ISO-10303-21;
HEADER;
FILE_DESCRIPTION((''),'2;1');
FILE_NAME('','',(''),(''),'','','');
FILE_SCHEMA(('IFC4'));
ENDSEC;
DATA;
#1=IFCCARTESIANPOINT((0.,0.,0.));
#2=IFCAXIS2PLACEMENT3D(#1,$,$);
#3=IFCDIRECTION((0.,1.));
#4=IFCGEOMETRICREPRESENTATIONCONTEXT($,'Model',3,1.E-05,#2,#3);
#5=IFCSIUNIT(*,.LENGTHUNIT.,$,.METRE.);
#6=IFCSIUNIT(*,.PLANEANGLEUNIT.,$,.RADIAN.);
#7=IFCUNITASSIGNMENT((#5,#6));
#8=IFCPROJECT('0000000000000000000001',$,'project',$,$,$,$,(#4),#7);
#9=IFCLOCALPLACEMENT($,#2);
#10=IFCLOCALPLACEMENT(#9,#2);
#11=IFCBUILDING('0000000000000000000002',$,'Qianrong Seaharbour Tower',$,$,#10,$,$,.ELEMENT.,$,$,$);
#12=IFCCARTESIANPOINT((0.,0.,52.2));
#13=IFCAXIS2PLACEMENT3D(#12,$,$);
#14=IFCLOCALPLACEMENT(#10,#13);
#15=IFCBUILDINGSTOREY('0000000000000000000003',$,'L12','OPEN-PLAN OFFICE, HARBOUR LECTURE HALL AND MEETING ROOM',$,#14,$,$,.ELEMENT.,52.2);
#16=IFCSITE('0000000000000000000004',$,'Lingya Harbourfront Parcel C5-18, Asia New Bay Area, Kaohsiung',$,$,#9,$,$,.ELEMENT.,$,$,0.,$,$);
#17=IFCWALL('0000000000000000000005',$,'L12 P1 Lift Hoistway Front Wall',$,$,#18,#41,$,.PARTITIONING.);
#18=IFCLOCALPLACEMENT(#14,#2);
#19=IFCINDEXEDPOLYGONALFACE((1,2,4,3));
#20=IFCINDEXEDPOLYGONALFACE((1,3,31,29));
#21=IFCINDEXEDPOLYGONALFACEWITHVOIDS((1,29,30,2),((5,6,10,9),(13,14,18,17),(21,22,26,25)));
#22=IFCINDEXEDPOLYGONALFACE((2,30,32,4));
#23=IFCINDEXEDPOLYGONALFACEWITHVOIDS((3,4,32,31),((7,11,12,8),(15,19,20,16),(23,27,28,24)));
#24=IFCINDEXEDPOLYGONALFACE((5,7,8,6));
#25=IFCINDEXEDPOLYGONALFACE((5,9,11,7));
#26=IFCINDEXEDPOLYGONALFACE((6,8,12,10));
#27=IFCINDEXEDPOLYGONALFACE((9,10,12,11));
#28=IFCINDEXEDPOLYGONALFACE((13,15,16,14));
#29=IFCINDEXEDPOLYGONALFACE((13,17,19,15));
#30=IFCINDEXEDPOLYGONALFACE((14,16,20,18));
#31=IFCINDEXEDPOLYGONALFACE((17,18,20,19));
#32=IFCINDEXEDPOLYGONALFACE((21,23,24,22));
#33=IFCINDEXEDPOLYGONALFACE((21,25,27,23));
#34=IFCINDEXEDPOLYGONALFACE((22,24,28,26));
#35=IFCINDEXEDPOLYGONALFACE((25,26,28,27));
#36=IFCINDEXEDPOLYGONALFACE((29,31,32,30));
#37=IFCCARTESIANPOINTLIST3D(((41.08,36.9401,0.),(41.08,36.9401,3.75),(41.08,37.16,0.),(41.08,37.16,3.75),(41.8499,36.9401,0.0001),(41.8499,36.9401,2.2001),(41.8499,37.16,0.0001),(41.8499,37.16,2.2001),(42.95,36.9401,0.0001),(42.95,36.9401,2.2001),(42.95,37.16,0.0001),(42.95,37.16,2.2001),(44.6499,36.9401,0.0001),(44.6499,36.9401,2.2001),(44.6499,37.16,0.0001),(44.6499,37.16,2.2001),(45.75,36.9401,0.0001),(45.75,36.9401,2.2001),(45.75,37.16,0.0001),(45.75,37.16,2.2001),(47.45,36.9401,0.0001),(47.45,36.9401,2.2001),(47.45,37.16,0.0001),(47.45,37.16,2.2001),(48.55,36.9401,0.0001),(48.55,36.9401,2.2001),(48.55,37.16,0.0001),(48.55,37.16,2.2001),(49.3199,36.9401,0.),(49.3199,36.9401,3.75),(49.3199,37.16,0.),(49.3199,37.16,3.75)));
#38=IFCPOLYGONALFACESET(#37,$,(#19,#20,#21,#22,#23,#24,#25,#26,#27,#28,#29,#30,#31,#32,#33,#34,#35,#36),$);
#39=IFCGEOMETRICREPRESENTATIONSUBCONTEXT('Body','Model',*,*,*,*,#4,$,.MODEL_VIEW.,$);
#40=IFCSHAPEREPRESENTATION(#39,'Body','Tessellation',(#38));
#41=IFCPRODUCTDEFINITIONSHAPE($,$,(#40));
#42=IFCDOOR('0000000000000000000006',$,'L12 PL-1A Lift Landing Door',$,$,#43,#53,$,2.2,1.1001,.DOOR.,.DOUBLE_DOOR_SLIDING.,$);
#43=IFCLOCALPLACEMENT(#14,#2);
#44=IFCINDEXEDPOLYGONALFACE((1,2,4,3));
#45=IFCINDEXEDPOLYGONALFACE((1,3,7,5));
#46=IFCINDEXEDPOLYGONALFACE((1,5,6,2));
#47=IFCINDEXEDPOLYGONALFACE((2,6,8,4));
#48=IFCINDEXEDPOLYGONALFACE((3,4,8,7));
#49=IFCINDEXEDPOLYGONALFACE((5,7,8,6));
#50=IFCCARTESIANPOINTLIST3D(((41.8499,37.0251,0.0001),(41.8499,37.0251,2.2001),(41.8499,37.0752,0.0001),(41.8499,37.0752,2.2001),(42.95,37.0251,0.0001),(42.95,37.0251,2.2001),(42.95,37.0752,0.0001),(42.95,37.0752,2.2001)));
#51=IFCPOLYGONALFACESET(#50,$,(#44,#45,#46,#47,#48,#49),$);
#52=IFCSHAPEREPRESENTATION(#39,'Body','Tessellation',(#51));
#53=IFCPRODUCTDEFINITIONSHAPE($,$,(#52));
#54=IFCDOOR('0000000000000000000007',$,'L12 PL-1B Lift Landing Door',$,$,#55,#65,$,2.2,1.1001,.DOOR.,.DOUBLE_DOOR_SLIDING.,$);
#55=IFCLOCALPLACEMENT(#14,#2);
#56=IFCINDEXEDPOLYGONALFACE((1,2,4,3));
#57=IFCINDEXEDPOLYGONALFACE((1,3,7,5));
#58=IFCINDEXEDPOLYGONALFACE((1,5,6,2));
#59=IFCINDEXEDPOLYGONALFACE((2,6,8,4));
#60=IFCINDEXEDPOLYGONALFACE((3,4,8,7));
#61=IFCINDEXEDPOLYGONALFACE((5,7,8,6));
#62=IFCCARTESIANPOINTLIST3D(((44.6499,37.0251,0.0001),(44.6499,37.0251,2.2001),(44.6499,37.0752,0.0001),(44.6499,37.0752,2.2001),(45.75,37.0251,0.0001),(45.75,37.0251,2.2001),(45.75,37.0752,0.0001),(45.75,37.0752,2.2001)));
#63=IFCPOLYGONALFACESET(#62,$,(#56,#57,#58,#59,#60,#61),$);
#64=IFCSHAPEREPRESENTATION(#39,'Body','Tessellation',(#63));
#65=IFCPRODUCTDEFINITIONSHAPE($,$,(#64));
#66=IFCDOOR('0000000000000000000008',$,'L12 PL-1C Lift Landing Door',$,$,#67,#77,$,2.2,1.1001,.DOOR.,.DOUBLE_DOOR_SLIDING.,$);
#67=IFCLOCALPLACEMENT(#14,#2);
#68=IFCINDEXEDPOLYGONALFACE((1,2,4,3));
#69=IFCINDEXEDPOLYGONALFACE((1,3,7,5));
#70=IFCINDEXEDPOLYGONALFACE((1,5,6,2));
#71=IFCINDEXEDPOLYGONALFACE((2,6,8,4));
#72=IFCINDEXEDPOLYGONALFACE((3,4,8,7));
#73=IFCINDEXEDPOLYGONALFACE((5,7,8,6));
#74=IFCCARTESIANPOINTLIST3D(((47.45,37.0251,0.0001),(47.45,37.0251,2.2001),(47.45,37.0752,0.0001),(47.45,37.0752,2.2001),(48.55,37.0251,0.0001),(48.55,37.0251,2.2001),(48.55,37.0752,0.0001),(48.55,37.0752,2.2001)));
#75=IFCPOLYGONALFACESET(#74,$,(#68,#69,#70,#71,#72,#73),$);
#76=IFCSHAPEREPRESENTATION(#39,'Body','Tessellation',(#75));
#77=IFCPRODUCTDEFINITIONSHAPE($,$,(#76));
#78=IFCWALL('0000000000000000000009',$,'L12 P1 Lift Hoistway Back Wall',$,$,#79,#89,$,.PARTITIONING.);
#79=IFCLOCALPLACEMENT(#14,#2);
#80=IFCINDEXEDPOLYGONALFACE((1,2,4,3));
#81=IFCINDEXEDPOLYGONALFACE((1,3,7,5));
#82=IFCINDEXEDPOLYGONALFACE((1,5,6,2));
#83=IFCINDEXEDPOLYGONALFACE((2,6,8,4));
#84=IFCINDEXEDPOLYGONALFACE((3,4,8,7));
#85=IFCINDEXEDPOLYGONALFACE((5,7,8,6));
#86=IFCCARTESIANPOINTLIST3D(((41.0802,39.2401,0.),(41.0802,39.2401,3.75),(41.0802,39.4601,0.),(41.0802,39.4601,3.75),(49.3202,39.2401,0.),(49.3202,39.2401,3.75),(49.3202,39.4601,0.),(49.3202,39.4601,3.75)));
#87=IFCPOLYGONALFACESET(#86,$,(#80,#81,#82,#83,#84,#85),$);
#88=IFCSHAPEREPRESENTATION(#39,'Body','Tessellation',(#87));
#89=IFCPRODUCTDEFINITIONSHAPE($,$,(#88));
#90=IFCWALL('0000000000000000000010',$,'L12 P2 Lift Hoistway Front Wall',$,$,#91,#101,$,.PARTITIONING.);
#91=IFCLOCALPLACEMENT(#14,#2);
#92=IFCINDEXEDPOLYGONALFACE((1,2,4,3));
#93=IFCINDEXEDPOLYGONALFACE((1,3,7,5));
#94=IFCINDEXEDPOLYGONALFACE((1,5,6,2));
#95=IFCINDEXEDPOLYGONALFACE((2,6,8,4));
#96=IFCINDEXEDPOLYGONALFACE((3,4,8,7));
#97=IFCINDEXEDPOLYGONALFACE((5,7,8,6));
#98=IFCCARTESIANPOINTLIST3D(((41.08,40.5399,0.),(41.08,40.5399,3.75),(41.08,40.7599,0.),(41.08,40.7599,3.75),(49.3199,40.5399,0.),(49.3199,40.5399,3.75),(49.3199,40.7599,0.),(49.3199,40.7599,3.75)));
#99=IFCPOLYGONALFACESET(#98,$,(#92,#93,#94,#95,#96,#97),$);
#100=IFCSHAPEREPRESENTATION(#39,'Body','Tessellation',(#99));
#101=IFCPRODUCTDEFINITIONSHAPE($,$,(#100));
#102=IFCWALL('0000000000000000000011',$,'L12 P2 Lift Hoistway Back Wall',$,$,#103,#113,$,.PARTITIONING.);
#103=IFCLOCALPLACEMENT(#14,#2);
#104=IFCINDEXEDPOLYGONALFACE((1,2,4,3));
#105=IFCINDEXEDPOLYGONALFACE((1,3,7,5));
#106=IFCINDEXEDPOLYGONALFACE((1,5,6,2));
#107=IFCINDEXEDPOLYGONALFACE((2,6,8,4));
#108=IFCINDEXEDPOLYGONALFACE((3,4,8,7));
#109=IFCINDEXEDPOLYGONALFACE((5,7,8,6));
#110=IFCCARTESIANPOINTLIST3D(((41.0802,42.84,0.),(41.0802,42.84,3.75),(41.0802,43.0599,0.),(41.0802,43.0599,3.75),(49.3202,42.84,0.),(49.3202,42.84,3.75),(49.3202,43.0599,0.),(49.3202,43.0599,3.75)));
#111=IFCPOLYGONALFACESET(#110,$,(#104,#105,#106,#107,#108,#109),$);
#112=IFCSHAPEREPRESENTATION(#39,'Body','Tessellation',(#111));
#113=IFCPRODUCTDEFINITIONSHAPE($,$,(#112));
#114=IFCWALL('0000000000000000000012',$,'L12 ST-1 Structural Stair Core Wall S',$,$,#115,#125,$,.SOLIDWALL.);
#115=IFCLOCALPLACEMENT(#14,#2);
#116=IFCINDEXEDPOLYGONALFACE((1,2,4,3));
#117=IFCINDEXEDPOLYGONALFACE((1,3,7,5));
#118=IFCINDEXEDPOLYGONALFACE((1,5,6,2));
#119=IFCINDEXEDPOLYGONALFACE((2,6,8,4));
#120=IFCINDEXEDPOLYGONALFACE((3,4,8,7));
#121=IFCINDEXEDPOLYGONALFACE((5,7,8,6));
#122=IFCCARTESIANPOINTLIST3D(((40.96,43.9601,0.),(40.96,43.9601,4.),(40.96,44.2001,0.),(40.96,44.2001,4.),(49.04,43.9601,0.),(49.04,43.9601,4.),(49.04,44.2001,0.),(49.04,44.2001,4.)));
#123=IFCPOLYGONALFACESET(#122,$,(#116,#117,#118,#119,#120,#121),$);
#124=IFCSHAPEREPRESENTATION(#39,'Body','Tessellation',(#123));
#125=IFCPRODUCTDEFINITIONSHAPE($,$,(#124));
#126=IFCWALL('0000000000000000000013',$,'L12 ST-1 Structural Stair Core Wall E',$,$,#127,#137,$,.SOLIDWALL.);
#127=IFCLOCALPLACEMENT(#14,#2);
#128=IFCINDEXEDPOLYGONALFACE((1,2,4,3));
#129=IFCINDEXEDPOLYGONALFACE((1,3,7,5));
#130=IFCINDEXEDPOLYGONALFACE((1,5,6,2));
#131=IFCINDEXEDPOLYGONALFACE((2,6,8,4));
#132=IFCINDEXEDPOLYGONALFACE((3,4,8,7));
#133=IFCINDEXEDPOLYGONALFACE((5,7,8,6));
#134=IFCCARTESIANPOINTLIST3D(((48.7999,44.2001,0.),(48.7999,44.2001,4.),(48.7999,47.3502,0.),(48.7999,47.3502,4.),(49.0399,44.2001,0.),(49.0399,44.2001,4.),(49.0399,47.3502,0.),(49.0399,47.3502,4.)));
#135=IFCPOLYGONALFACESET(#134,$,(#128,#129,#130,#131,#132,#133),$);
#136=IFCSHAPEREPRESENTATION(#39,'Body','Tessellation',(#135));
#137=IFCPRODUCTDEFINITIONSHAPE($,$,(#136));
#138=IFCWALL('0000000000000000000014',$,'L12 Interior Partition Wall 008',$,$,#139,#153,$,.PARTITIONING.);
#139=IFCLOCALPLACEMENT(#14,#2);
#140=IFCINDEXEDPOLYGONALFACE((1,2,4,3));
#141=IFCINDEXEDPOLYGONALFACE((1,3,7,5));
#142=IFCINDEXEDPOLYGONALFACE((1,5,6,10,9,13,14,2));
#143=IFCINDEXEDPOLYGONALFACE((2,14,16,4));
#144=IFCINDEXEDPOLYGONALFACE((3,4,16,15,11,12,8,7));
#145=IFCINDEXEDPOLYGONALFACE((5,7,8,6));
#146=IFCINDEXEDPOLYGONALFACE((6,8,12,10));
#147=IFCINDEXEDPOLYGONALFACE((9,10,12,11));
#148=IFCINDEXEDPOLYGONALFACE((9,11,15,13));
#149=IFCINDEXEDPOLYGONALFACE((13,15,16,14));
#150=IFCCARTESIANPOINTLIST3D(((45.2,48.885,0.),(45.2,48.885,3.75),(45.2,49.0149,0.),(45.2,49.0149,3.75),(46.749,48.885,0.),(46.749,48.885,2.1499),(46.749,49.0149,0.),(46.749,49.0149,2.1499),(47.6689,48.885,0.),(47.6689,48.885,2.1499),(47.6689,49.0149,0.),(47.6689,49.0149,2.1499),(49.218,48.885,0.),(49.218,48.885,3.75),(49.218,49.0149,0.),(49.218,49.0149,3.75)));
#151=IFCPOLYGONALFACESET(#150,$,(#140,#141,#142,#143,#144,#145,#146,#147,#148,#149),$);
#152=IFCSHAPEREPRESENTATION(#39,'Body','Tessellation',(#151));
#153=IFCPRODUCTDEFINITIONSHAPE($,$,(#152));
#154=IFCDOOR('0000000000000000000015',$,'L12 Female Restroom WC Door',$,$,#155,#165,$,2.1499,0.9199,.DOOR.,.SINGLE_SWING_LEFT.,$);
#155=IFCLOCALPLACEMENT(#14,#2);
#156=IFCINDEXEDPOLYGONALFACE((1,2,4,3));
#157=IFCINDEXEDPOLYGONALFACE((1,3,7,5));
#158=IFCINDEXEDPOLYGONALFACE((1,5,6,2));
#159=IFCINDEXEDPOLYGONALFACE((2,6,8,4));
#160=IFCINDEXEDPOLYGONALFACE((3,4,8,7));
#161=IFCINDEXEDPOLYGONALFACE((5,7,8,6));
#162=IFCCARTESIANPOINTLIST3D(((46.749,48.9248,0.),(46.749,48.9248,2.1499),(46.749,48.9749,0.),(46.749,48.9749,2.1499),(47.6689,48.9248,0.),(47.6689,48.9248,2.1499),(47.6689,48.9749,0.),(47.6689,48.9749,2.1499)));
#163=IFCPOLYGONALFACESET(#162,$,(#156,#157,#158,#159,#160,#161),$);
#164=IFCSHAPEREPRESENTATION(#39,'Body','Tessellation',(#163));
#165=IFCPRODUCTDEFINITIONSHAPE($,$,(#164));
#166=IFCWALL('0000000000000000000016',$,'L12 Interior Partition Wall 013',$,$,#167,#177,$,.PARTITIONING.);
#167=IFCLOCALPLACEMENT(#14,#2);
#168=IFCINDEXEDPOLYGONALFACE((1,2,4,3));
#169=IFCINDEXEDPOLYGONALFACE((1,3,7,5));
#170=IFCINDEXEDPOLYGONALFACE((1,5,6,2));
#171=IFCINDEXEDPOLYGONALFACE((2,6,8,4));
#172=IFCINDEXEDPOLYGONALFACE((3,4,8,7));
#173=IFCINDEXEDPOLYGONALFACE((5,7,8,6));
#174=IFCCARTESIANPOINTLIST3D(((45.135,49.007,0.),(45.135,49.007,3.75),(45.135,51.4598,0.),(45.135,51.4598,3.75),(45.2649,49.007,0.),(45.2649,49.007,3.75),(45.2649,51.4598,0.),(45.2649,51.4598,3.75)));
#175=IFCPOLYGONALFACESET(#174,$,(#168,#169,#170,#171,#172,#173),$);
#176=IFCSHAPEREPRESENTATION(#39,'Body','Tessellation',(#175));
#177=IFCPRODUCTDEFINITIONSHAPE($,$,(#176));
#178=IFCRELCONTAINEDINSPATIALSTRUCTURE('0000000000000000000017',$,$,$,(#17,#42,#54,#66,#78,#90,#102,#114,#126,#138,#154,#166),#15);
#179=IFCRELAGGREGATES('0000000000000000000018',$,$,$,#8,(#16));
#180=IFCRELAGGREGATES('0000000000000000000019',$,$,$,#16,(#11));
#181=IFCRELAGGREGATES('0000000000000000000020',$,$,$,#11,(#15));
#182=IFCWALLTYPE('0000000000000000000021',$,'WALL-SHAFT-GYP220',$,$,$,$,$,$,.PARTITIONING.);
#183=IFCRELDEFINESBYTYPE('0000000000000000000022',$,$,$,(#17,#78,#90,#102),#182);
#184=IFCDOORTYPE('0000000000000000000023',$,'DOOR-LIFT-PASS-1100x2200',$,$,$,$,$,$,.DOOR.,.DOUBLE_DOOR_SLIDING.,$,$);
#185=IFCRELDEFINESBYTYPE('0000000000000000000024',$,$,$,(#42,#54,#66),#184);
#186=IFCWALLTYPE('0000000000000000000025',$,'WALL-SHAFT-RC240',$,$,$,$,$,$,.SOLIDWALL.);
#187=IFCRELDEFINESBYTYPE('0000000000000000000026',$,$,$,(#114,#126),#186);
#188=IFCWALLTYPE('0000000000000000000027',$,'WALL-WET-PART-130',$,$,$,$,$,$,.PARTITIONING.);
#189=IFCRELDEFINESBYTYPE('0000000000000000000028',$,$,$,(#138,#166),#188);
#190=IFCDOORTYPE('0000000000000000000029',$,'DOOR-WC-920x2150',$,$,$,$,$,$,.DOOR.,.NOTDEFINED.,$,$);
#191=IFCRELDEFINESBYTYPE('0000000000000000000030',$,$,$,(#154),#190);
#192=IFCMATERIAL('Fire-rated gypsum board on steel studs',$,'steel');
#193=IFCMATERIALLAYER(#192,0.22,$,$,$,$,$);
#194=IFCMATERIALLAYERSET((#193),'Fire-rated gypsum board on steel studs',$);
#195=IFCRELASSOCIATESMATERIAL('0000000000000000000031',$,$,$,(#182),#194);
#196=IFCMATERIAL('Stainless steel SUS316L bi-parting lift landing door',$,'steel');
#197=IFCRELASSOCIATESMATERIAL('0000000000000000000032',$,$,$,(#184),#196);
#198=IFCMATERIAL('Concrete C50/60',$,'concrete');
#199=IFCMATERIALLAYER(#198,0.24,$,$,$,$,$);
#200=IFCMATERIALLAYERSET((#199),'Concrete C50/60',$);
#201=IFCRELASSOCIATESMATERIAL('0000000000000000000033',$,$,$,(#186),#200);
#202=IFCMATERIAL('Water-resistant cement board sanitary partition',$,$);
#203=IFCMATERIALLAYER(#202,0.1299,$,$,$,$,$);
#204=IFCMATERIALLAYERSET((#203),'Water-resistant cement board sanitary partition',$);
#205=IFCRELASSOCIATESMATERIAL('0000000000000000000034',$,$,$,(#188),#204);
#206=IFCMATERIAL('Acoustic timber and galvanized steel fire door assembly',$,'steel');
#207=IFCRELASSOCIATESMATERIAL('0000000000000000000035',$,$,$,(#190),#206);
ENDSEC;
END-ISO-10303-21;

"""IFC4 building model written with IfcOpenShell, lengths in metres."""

from ifc_helpers import new_model, si_unit, direction, frame, frame_2d, origin, place, context, subcontext, project, spatial, rectangle, extrude, material, layer, layer_set, type_object, element, fill, save


model = new_model("IFC4")

# Units and contexts
model_context = context("Model", 3, precision=1e-05, world=origin(), true_north=direction((0.0, 1.0)))
body_context = subcontext(model_context, "Body", "Model", "MODEL_VIEW")
ifc_project = project(units=[si_unit("LENGTHUNIT", "METRE"), si_unit("PLANEANGLEUNIT", "RADIAN")], contexts=[model_context])

# Site, building, storey
site_placement = place(None, origin())
site = spatial("IfcSite", under=ifc_project, at=site_placement, Name="Lingya Harbourfront Parcel C5-18, Asia New Bay Area, Kaohsiung", CompositionType="ELEMENT", RefElevation=0.0)
building_placement = place(site_placement, origin())
building = spatial("IfcBuilding", under=site, at=building_placement, Name="Qianrong Seaharbour Tower", CompositionType="ELEMENT")
storey_placement = place(building_placement, frame((0.0, 0.0, 52.2)))
storey = spatial("IfcBuildingStorey", under=building, at=storey_placement, Name="L12", Description="OPEN-PLAN OFFICE, HARBOUR LECTURE HALL AND MEETING ROOM", CompositionType="ELEMENT", Elevation=52.2)

# Shared definitions
ifc_material_1 = material(Name="Fire-rated gypsum board on steel studs", Category="steel")

# Wall, openings, doors
ifc_layer_1 = layer(ifc_material_1, 0.22)
ifc_layer_set_1 = layer_set([ifc_layer_1], Name="Fire-rated gypsum board on steel studs")
wall_type_1 = type_object("IfcWallType", Name="WALL-SHAFT-GYP220", PredefinedType="PARTITIONING", material=ifc_layer_set_1)
wall_1_placement = place(storey_placement, frame((49.3201, 37.05, 0.0), z_axis=(0.0, 0.0, 1.0), x_axis=(-1.0, 0.0, 0.0)))
wall_1 = element("IfcWall", 1, at=wall_1_placement, inside=storey, type_object=wall_type_1, Name="L12 P1 Lift Hoistway Front Wall", PredefinedType="PARTITIONING", context=body_context, shape_type="SweptSolid", body=[
    extrude(rectangle(XDim=8.24, YDim=0.22, at=frame_2d((4.1201, 0.0))), origin(), (0.0, 0.0, 1.0), 3.75),
])
opening_1_placement = place(wall_1_placement, frame((6.3701, 0.0, 0.0)))
opening_1 = element("IfcOpeningElement", 2, at=opening_1_placement, cuts=wall_1, PredefinedType="OPENING", context=body_context, shape_type="SweptSolid", body=[
    extrude(rectangle(XDim=1.1001, YDim=2.2, at=frame_2d((0.55, 1.1001))), frame((0.0, 0.1201, 0.0), z_axis=(0.0, -1.0, 0.0), x_axis=(1.0, 0.0, 0.0)), (0.0, 0.0, 1.0), 0.24),
])
opening_2_placement = place(wall_1_placement, frame((3.5701, 0.0, 0.0)))
opening_2 = element("IfcOpeningElement", 3, at=opening_2_placement, cuts=wall_1, PredefinedType="OPENING", context=body_context, shape_type="SweptSolid", body=[
    extrude(rectangle(XDim=1.1001, YDim=2.2, at=frame_2d((0.55, 1.1001))), frame((0.0, 0.1201, 0.0), z_axis=(0.0, -1.0, 0.0), x_axis=(1.0, 0.0, 0.0)), (0.0, 0.0, 1.0), 0.24),
])
opening_3_placement = place(wall_1_placement, frame((0.77, 0.0, 0.0)))
opening_3 = element("IfcOpeningElement", 4, at=opening_3_placement, cuts=wall_1, PredefinedType="OPENING", context=body_context, shape_type="SweptSolid", body=[
    extrude(rectangle(XDim=1.1001, YDim=2.2, at=frame_2d((0.55, 1.1001))), frame((0.0, 0.1201, 0.0), z_axis=(0.0, -1.0, 0.0), x_axis=(1.0, 0.0, 0.0)), (0.0, 0.0, 1.0), 0.24),
])
ifc_material_2 = material(Name="Stainless steel SUS316L bi-parting lift landing door", Category="steel")
door_type_1 = type_object("IfcDoorType", Name="DOOR-LIFT-PASS-1100x2200", OperationType="DOUBLE_DOOR_SLIDING", PredefinedType="DOOR", material=ifc_material_2)
door_1_placement = place(opening_1_placement, origin())
door_1 = element("IfcDoor", 5, at=door_1_placement, inside=storey, type_object=door_type_1, Name="L12 PL-1A Lift Landing Door", OperationType="DOUBLE_DOOR_SLIDING", OverallHeight=2.2, OverallWidth=1.1001, PredefinedType="DOOR", context=body_context, shape_type="SweptSolid", body=[
    extrude(rectangle(XDim=1.1001, YDim=2.2, at=frame_2d((0.55, 1.1001))), frame((0.0, 0.0249, 0.0), z_axis=(0.0, -1.0, 0.0), x_axis=(1.0, 0.0, 0.0)), (0.0, 0.0, 1.0), 0.05),
])
fill(opening_1, door_1)
door_2_placement = place(opening_2_placement, origin())
door_2 = element("IfcDoor", 6, at=door_2_placement, inside=storey, type_object=door_type_1, Name="L12 PL-1B Lift Landing Door", OperationType="DOUBLE_DOOR_SLIDING", OverallHeight=2.2, OverallWidth=1.1001, PredefinedType="DOOR", context=body_context, shape_type="SweptSolid", body=[
    extrude(rectangle(XDim=1.1001, YDim=2.2, at=frame_2d((0.55, 1.1001))), frame((0.0, 0.0249, 0.0), z_axis=(0.0, -1.0, 0.0), x_axis=(1.0, 0.0, 0.0)), (0.0, 0.0, 1.0), 0.05),
])
fill(opening_2, door_2)
door_3_placement = place(opening_3_placement, origin())
door_3 = element("IfcDoor", 7, at=door_3_placement, inside=storey, type_object=door_type_1, Name="L12 PL-1C Lift Landing Door", OperationType="DOUBLE_DOOR_SLIDING", OverallHeight=2.2, OverallWidth=1.1001, PredefinedType="DOOR", context=body_context, shape_type="SweptSolid", body=[
    extrude(rectangle(XDim=1.1001, YDim=2.2, at=frame_2d((0.55, 1.1001))), frame((0.0, 0.0249, 0.0), z_axis=(0.0, -1.0, 0.0), x_axis=(1.0, 0.0, 0.0)), (0.0, 0.0, 1.0), 0.05),
])
fill(opening_3, door_3)

# Walls
for number, where, z_axis, x_axis, name in (
    (8, (41.0801, 39.3501, 0.0), (0.0, 0.0, 1.0), (1.0, 0.0, 0.0), "L12 P1 Lift Hoistway Back Wall"),
    (9, (49.3201, 40.6499, 0.0), (0.0, 0.0, 1.0), (-1.0, 0.0, 0.0), "L12 P2 Lift Hoistway Front Wall"),
    (10, (41.0801, 42.95, 0.0), (0.0, 0.0, 1.0), (1.0, 0.0, 0.0), "L12 P2 Lift Hoistway Back Wall"),
):
    element("IfcWall", number, at=place(storey_placement, frame(where, z_axis=z_axis, x_axis=x_axis)), inside=storey, type_object=wall_type_1, Name=name, PredefinedType="PARTITIONING", context=body_context, shape_type="SweptSolid", body=[
        extrude(rectangle(XDim=8.24, YDim=0.22, at=frame_2d((4.1201, 0.0))), origin(), (0.0, 0.0, 1.0), 3.75),
    ])
ifc_material_3 = material(Name="Concrete C50/60", Category="concrete")
ifc_layer_2 = layer(ifc_material_3, 0.24)
ifc_layer_set_2 = layer_set([ifc_layer_2], Name="Concrete C50/60")
wall_type_2 = type_object("IfcWallType", Name="WALL-SHAFT-RC240", PredefinedType="SOLIDWALL", material=ifc_layer_set_2)
wall_2_placement = place(storey_placement, frame((49.04, 44.0801, 0.0), z_axis=(0.0, 0.0, 1.0), x_axis=(-1.0, 0.0, 0.0)))
element("IfcWall", 11, at=wall_2_placement, inside=storey, type_object=wall_type_2, Name="L12 ST-1 Structural Stair Core Wall S", PredefinedType="SOLIDWALL", context=body_context, shape_type="SweptSolid", body=[
    extrude(rectangle(XDim=8.0801, YDim=0.24, at=frame_2d((4.04, 0.0))), origin(), (0.0, 0.0, 1.0), 4.0),
])
wall_3_placement = place(storey_placement, frame((48.9199, 44.2, 0.0), z_axis=(0.0, 0.0, 1.0), x_axis=(0.0, 1.0, 0.0)))
element("IfcWall", 12, at=wall_3_placement, inside=storey, type_object=wall_type_2, Name="L12 ST-1 Structural Stair Core Wall E", PredefinedType="SOLIDWALL", context=body_context, shape_type="SweptSolid", body=[
    extrude(rectangle(XDim=3.1501, YDim=0.24, at=frame_2d((1.5752, 0.0))), origin(), (0.0, 0.0, 1.0), 4.0),
])

# Wall, opening, door
ifc_material_4 = material(Name="Water-resistant cement board sanitary partition")
ifc_layer_3 = layer(ifc_material_4, 0.1299)
ifc_layer_set_3 = layer_set([ifc_layer_3], Name="Water-resistant cement board sanitary partition")
wall_type_3 = type_object("IfcWallType", Name="WALL-WET-PART-130", PredefinedType="PARTITIONING", material=ifc_layer_set_3)
wall_4_placement = place(storey_placement, frame((45.2, 48.95, 0.0), z_axis=(0.0, 0.0, 1.0), x_axis=(1.0, 0.0, 0.0)))
wall_4 = element("IfcWall", 13, at=wall_4_placement, inside=storey, type_object=wall_type_3, Name="L12 Interior Partition Wall 008", PredefinedType="PARTITIONING", context=body_context, shape_type="SweptSolid", body=[
    extrude(rectangle(XDim=4.0181, YDim=0.1299, at=frame_2d((2.009, 0.0))), origin(), (0.0, 0.0, 1.0), 3.75),
])
opening_4_placement = place(wall_4_placement, frame((1.5491, 0.0, 0.0)))
opening_4 = element("IfcOpeningElement", 14, at=opening_4_placement, cuts=wall_4, PredefinedType="OPENING", context=body_context, shape_type="SweptSolid", body=[
    extrude(rectangle(XDim=0.9199, YDim=2.1499, at=frame_2d((0.46, 1.075))), frame((0.0, 0.075, 0.0), z_axis=(0.0, -1.0, 0.0), x_axis=(1.0, 0.0, 0.0)), (0.0, 0.0, 1.0), 0.1499),
])
ifc_material_5 = material(Name="Acoustic timber and galvanized steel fire door assembly", Category="steel")
door_type_2 = type_object("IfcDoorType", Name="DOOR-WC-920x2150", OperationType="NOTDEFINED", PredefinedType="DOOR", material=ifc_material_5)
door_4_placement = place(opening_4_placement, origin())
door_4 = element("IfcDoor", 15, at=door_4_placement, inside=storey, type_object=door_type_2, Name="L12 Female Restroom WC Door", OperationType="SINGLE_SWING_LEFT", OverallHeight=2.1499, OverallWidth=0.9199, PredefinedType="DOOR", context=body_context, shape_type="SweptSolid", body=[
    extrude(rectangle(XDim=0.9199, YDim=2.1499, at=frame_2d((0.46, 1.075))), frame((0.0, 0.0249, 0.0), z_axis=(0.0, -1.0, 0.0), x_axis=(1.0, 0.0, 0.0)), (0.0, 0.0, 1.0), 0.05),
])
fill(opening_4, door_4)

# Wall
wall_5_placement = place(storey_placement, frame((45.2, 51.46, 0.0), z_axis=(0.0, 0.0, 1.0), x_axis=(0.0, -1.0, 0.0)))
element("IfcWall", 16, at=wall_5_placement, inside=storey, type_object=wall_type_3, Name="L12 Interior Partition Wall 013", PredefinedType="PARTITIONING", context=body_context, shape_type="SweptSolid", body=[
    extrude(rectangle(XDim=2.4529, YDim=0.1299, at=frame_2d((1.2266, 0.0))), origin(), (0.0, 0.0, 1.0), 3.75),
])

save(model, "model.ifc")
